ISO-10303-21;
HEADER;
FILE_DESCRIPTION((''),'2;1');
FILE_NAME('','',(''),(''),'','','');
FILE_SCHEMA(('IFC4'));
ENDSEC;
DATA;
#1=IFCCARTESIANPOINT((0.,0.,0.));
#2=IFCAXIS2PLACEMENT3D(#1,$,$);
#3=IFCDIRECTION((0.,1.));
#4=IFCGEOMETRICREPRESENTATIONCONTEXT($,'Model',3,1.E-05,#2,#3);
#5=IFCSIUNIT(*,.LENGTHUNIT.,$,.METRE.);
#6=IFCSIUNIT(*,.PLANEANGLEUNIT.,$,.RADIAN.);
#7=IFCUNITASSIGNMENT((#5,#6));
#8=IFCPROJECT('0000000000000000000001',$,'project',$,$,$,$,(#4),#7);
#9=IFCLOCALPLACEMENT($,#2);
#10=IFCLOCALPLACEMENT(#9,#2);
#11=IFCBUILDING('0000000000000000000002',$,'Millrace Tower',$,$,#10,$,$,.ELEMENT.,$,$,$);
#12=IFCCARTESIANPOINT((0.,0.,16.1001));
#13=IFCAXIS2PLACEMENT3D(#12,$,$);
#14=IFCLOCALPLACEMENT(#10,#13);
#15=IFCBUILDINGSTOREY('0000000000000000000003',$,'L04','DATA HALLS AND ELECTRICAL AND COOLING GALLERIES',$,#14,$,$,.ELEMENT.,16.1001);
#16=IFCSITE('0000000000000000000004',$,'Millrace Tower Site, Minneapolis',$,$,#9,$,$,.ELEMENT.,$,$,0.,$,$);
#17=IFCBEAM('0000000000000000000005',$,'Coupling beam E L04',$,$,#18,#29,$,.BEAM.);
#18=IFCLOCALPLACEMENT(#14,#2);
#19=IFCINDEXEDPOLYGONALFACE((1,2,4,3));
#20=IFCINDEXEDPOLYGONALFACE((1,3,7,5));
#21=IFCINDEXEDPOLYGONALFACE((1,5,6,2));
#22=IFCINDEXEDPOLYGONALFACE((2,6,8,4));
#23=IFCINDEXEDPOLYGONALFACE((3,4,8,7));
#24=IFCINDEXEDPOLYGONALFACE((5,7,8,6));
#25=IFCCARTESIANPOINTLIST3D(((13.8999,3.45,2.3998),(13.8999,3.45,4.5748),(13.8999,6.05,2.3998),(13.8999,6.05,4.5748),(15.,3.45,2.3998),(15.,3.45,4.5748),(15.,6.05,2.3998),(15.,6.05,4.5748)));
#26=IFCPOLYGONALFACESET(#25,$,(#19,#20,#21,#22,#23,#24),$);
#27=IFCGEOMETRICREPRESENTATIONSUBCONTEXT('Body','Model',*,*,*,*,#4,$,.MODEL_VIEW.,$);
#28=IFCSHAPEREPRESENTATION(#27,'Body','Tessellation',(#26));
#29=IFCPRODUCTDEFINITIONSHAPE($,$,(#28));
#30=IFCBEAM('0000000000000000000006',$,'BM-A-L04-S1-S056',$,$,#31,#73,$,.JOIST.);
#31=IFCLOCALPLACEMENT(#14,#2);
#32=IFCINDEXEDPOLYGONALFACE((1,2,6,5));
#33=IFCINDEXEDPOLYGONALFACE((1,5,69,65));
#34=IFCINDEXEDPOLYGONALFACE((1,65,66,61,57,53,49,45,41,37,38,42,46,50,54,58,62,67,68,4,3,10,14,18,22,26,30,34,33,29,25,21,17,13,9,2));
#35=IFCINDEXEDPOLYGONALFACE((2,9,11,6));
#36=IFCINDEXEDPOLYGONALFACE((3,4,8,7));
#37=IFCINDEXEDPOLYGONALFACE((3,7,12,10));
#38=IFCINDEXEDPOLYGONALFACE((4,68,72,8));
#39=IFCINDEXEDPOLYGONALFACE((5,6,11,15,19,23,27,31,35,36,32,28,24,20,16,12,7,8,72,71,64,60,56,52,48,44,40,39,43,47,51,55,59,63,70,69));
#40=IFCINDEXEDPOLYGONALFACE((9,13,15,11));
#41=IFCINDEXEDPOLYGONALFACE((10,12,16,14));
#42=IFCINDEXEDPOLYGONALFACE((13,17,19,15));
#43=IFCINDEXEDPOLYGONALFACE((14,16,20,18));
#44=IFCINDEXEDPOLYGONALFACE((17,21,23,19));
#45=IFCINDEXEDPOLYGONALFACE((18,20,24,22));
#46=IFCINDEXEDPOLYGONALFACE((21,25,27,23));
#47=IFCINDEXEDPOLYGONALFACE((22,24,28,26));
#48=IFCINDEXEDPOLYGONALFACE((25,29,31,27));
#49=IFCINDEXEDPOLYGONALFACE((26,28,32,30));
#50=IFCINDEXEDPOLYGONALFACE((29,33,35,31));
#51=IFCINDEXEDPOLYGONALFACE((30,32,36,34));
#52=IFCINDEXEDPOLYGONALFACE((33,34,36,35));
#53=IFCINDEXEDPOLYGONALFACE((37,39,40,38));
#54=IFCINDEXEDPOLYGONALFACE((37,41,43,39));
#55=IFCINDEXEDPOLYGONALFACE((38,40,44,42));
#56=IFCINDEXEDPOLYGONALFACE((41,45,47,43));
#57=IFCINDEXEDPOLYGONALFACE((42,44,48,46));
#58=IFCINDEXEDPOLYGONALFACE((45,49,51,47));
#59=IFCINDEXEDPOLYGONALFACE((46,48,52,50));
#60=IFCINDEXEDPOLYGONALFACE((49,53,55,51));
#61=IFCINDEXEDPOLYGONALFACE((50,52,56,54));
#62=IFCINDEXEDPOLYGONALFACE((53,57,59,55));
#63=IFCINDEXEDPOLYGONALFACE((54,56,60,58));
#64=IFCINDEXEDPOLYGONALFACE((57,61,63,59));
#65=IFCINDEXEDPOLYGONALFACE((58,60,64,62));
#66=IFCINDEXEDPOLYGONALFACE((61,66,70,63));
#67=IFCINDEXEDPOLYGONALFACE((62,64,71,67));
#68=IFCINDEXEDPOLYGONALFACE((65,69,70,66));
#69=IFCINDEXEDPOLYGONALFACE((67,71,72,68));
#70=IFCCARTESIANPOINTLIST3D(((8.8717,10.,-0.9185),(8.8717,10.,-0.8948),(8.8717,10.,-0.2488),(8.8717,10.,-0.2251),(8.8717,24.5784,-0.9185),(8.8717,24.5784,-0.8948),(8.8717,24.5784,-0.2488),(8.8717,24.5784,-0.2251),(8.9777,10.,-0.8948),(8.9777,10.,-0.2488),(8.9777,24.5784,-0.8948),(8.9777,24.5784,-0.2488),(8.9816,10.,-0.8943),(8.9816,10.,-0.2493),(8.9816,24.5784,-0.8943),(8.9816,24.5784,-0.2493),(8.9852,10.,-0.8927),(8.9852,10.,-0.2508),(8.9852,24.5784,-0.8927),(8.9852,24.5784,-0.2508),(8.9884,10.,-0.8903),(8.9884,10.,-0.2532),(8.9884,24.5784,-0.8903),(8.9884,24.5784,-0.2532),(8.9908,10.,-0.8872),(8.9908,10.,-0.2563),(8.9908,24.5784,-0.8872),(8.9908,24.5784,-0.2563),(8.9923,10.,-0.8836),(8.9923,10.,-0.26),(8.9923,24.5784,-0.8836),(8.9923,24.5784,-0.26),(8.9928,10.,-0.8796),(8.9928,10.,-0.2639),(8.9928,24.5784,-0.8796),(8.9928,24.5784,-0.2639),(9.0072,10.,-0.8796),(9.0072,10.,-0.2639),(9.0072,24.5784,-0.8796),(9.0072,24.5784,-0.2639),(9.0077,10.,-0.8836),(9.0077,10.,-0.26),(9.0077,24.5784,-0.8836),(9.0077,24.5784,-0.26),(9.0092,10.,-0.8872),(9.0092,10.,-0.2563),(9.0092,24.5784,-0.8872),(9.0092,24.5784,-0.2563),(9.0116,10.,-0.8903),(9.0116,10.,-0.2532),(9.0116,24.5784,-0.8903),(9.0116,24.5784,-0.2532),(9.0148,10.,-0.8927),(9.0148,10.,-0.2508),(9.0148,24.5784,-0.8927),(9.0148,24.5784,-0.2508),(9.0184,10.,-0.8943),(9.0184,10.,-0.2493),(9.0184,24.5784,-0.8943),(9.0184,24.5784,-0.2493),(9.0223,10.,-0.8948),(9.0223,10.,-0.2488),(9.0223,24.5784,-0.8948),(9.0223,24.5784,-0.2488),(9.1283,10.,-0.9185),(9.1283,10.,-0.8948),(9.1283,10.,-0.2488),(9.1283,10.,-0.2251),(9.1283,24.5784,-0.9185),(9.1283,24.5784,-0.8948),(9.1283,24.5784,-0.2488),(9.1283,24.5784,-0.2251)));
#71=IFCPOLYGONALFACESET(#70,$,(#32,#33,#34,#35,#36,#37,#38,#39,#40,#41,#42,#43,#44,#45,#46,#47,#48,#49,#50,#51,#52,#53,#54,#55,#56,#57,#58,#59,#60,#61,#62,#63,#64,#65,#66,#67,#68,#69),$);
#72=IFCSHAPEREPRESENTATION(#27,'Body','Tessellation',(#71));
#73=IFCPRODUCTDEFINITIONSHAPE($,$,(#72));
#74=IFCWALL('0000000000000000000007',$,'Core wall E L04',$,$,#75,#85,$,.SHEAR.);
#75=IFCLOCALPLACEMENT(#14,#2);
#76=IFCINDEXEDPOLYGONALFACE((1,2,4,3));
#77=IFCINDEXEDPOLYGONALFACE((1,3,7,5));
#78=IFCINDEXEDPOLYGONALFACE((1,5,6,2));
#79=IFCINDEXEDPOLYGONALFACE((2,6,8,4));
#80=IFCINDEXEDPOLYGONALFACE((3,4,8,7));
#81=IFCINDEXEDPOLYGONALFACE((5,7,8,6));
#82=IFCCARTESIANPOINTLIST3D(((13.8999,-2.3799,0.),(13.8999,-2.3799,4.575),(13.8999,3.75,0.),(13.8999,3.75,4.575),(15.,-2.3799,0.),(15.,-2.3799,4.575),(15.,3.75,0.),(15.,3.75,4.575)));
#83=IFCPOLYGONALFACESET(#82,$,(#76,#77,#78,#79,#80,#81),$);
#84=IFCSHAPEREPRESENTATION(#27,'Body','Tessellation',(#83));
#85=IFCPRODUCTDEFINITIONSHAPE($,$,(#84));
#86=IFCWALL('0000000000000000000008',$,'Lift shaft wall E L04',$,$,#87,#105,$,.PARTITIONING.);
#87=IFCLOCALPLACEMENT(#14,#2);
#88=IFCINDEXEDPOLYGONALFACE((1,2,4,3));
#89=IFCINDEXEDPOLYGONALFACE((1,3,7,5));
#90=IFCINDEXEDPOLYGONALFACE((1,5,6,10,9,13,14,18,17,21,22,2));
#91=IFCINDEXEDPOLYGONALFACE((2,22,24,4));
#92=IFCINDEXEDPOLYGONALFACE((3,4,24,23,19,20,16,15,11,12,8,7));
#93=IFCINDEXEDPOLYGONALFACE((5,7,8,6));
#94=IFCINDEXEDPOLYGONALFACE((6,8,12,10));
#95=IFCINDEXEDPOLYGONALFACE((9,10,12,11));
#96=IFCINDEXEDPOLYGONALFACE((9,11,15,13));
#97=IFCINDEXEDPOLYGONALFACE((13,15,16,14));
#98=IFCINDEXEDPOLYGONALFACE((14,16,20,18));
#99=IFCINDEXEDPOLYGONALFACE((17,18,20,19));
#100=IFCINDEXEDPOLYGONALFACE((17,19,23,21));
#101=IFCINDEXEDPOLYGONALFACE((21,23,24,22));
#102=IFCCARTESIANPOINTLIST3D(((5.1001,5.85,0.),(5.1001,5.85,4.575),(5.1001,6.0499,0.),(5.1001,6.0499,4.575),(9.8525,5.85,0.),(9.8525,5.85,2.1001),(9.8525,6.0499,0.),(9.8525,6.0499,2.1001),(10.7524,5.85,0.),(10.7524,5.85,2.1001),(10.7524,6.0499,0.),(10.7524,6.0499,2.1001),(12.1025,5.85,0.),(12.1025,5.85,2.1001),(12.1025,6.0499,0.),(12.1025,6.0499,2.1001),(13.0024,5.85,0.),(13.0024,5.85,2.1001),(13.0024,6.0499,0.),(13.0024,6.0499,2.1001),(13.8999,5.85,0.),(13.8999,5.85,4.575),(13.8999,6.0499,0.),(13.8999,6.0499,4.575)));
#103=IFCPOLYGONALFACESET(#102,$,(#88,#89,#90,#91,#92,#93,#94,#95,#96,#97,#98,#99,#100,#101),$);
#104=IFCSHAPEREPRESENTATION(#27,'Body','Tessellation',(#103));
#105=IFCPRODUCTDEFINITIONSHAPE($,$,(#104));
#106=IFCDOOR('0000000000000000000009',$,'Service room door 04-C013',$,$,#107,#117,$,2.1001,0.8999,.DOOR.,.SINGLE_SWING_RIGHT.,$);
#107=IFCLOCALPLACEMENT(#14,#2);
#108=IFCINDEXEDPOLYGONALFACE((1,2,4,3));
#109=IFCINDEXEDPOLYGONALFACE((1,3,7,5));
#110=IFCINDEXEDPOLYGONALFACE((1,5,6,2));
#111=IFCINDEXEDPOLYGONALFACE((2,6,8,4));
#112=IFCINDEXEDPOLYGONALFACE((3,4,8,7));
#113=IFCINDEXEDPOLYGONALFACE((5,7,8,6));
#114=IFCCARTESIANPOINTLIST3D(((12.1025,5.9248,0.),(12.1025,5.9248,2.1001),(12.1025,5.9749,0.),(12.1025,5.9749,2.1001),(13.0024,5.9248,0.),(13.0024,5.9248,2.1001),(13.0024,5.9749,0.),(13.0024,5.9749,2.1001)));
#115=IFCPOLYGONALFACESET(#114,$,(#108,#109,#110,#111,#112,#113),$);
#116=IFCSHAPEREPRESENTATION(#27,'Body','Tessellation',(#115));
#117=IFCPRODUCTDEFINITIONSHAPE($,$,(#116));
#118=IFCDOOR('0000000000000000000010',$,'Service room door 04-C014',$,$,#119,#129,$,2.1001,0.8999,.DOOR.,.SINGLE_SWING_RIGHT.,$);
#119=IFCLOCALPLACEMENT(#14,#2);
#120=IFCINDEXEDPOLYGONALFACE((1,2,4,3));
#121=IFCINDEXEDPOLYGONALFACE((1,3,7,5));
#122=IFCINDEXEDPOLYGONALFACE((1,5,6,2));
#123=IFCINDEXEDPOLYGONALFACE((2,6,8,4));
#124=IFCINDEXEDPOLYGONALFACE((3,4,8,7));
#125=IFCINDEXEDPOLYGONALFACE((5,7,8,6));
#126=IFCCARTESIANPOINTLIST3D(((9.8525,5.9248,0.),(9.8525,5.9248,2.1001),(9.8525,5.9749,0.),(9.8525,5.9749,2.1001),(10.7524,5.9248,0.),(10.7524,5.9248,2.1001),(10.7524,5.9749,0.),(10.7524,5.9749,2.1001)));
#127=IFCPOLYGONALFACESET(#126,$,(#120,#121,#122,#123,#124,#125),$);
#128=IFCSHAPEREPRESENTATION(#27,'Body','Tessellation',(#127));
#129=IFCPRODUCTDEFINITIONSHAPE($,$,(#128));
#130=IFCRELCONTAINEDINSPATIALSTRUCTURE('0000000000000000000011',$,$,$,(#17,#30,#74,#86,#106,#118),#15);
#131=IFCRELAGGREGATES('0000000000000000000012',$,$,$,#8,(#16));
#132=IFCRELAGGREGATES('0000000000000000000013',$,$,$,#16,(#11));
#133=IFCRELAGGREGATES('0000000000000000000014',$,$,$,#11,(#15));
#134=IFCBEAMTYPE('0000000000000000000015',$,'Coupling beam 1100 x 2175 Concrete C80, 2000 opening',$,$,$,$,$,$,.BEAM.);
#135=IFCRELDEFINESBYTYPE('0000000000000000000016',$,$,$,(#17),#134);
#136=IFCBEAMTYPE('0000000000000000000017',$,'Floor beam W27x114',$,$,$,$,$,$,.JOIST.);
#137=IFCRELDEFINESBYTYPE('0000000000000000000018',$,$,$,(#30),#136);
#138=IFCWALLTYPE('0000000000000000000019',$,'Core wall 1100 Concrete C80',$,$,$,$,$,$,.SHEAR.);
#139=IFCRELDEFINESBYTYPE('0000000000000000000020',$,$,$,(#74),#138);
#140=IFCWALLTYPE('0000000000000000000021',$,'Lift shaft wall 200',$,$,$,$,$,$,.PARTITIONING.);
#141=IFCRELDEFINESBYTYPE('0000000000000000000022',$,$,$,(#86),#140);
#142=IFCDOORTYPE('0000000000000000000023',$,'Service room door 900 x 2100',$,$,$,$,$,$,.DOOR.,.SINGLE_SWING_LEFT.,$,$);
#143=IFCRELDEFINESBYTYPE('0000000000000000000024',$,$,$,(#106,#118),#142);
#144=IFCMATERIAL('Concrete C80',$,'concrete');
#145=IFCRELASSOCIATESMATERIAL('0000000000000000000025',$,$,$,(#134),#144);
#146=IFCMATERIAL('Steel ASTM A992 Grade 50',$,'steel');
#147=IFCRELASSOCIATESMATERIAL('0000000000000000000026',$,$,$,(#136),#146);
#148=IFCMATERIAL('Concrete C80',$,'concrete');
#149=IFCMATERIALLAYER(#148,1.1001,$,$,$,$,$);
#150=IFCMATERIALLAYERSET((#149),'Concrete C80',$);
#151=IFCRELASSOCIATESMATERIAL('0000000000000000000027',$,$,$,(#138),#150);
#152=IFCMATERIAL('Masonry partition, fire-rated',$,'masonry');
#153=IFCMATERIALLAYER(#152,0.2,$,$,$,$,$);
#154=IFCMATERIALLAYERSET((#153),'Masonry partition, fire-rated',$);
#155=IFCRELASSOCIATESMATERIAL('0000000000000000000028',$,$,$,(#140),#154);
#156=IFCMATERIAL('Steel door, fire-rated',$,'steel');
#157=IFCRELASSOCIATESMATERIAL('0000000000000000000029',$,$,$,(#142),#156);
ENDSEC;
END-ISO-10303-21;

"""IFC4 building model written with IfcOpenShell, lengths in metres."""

from ifc_helpers import new_model, si_unit, direction, frame, frame_2d, origin, origin_2d, place, context, subcontext, project, spatial, rectangle, i_section, extrude, material, layer, layer_set, material_profile, profile_set, type_object, element, fill, save


model = new_model("IFC4")

# Units and contexts
model_context = context("Model", 3, precision=1e-05, world=origin(), true_north=direction((0.0, 1.0)))
body_context = subcontext(model_context, "Body", "Model", "MODEL_VIEW")
ifc_project = project(units=[si_unit("LENGTHUNIT", "METRE"), si_unit("PLANEANGLEUNIT", "RADIAN")], contexts=[model_context])

# Site, building, storey
site_placement = place(None, origin())
site = spatial("IfcSite", under=ifc_project, at=site_placement, Name="Millrace Tower Site, Minneapolis", CompositionType="ELEMENT", RefElevation=0.0)
building_placement = place(site_placement, origin())
building = spatial("IfcBuilding", under=site, at=building_placement, Name="Millrace Tower", CompositionType="ELEMENT")
storey_placement = place(building_placement, frame((0.0, 0.0, 16.1001)))
storey = spatial("IfcBuildingStorey", under=building, at=storey_placement, Name="L04", Description="DATA HALLS AND ELECTRICAL AND COOLING GALLERIES", CompositionType="ELEMENT", Elevation=16.1001)

# Beams
ifc_material_1 = material(Name="Concrete C80", Category="concrete")
ifc_material_profile_1 = material_profile(ifc_material_1, rectangle(XDim=1.1001, YDim=2.175, at=origin_2d()))
ifc_profile_set_1 = profile_set([ifc_material_profile_1], Name="Concrete C80")
beam_type_1 = type_object("IfcBeamType", Name="Coupling beam 1100 x 2175 Concrete C80, 2000 opening", PredefinedType="BEAM", material=ifc_profile_set_1)
beam_1_placement = place(storey_placement, frame((14.45, 6.05, 3.4873), z_axis=(0.0, -1.0, 0.0), x_axis=(1.0, 0.0, 0.0)))
element("IfcBeam", 1, at=beam_1_placement, inside=storey, type_object=beam_type_1, Name="Coupling beam E L04", PredefinedType="BEAM", context=body_context, shape_type="SweptSolid", body=[
    extrude(rectangle(XDim=1.1001, YDim=2.175, at=origin_2d()), origin(), (0.0, 0.0, 1.0), 2.6001),
])
ifc_material_2 = material(Name="Steel ASTM A992 Grade 50", Category="steel")
ifc_material_profile_2 = material_profile(ifc_material_2, i_section(OverallWidth=0.2566, OverallDepth=0.6934, WebThickness=0.0144, FlangeThickness=0.0237, FilletRadius=0.0151, at=origin_2d()))
ifc_profile_set_2 = profile_set([ifc_material_profile_2], Name="Steel ASTM A992 Grade 50")
beam_type_2 = type_object("IfcBeamType", Name="Floor beam W27x114", PredefinedType="JOIST", material=ifc_profile_set_2)
beam_2_placement = place(storey_placement, frame((9.0, 10.0, -0.5718), z_axis=(0.0, 1.0, 0.0), x_axis=(-1.0, 0.0, 0.0)))
element("IfcBeam", 2, at=beam_2_placement, inside=storey, type_object=beam_type_2, Name="BM-A-L04-S1-S056", PredefinedType="JOIST", context=body_context, shape_type="SweptSolid", body=[
    extrude(i_section(OverallWidth=0.2566, OverallDepth=0.6934, WebThickness=0.0144, FlangeThickness=0.0237, FilletRadius=0.0151, at=origin_2d()), origin(), (0.0, 0.0, 1.0), 14.5784),
])

# Wall
ifc_material_3 = material(Name="Concrete C80", Category="concrete")
ifc_layer_1 = layer(ifc_material_3, 1.1001)
ifc_layer_set_1 = layer_set([ifc_layer_1], Name="Concrete C80")
wall_type_1 = type_object("IfcWallType", Name="Core wall 1100 Concrete C80", PredefinedType="SHEAR", material=ifc_layer_set_1)
wall_1_placement = place(storey_placement, frame((14.45, 3.75, 0.0), z_axis=(0.0, 0.0, 1.0), x_axis=(0.0, -1.0, 0.0)))
element("IfcWall", 3, at=wall_1_placement, inside=storey, type_object=wall_type_1, Name="Core wall E L04", PredefinedType="SHEAR", context=body_context, shape_type="SweptSolid", body=[
    extrude(rectangle(XDim=6.1299, YDim=1.1001, at=frame_2d((3.0649, 0.0))), origin(), (0.0, 0.0, 1.0), 4.575),
])

# Wall, openings, doors
ifc_material_4 = material(Name="Masonry partition, fire-rated", Category="masonry")
ifc_layer_2 = layer(ifc_material_4, 0.2)
ifc_layer_set_2 = layer_set([ifc_layer_2], Name="Masonry partition, fire-rated")
wall_type_2 = type_object("IfcWallType", Name="Lift shaft wall 200", PredefinedType="PARTITIONING", material=ifc_layer_set_2)
wall_2_placement = place(storey_placement, frame((13.8999, 5.95, 0.0), z_axis=(0.0, 0.0, 1.0), x_axis=(-1.0, 0.0, 0.0)))
wall_2 = element("IfcWall", 4, at=wall_2_placement, inside=storey, type_object=wall_type_2, Name="Lift shaft wall E L04", PredefinedType="PARTITIONING", context=body_context, shape_type="SweptSolid", body=[
    extrude(rectangle(XDim=8.7998, YDim=0.2, at=frame_2d((4.3999, 0.0))), origin(), (0.0, 0.0, 1.0), 4.575),
])
opening_1_placement = place(wall_2_placement, frame((0.8975, 0.0, 0.0)))
opening_1 = element("IfcOpeningElement", 5, at=opening_1_placement, cuts=wall_2, PredefinedType="OPENING", context=body_context, shape_type="SweptSolid", body=[
    extrude(rectangle(XDim=0.8999, YDim=2.1001, at=frame_2d((0.45, 1.05))), frame((0.0, 0.1099, 0.0), z_axis=(0.0, -1.0, 0.0), x_axis=(1.0, 0.0, 0.0)), (0.0, 0.0, 1.0), 0.22),
])
opening_2_placement = place(wall_2_placement, frame((3.1475, 0.0, 0.0)))
opening_2 = element("IfcOpeningElement", 6, at=opening_2_placement, cuts=wall_2, PredefinedType="OPENING", context=body_context, shape_type="SweptSolid", body=[
    extrude(rectangle(XDim=0.8999, YDim=2.1001, at=frame_2d((0.45, 1.05))), frame((0.0, 0.1099, 0.0), z_axis=(0.0, -1.0, 0.0), x_axis=(1.0, 0.0, 0.0)), (0.0, 0.0, 1.0), 0.22),
])
ifc_material_5 = material(Name="Steel door, fire-rated", Category="steel")
door_type_1 = type_object("IfcDoorType", Name="Service room door 900 x 2100", OperationType="SINGLE_SWING_LEFT", PredefinedType="DOOR", material=ifc_material_5)
door_1_placement = place(opening_1_placement, frame((0.8999, 0.0, 0.0), z_axis=(0.0, 0.0, 1.0), x_axis=(-1.0, 0.0, 0.0)))
door_1 = element("IfcDoor", 7, at=door_1_placement, inside=storey, type_object=door_type_1, Name="Service room door 04-C013", OperationType="SINGLE_SWING_RIGHT", OverallHeight=2.1001, OverallWidth=0.8999, PredefinedType="DOOR", context=body_context, shape_type="SweptSolid", body=[
    extrude(rectangle(XDim=0.8999, YDim=2.1001, at=frame_2d((0.45, 1.05))), frame((0.0, 0.0249, 0.0), z_axis=(0.0, -1.0, 0.0), x_axis=(1.0, 0.0, 0.0)), (0.0, 0.0, 1.0), 0.05),
])
fill(opening_1, door_1)
door_2_placement = place(opening_2_placement, frame((0.8999, 0.0, 0.0), z_axis=(0.0, 0.0, 1.0), x_axis=(-1.0, 0.0, 0.0)))
door_2 = element("IfcDoor", 8, at=door_2_placement, inside=storey, type_object=door_type_1, Name="Service room door 04-C014", OperationType="SINGLE_SWING_RIGHT", OverallHeight=2.1001, OverallWidth=0.8999, PredefinedType="DOOR", context=body_context, shape_type="SweptSolid", body=[
    extrude(rectangle(XDim=0.8999, YDim=2.1001, at=frame_2d((0.45, 1.05))), frame((0.0, 0.0249, 0.0), z_axis=(0.0, -1.0, 0.0), x_axis=(1.0, 0.0, 0.0)), (0.0, 0.0, 1.0), 0.05),
])
fill(opening_2, door_2)

save(model, "model.ifc")
